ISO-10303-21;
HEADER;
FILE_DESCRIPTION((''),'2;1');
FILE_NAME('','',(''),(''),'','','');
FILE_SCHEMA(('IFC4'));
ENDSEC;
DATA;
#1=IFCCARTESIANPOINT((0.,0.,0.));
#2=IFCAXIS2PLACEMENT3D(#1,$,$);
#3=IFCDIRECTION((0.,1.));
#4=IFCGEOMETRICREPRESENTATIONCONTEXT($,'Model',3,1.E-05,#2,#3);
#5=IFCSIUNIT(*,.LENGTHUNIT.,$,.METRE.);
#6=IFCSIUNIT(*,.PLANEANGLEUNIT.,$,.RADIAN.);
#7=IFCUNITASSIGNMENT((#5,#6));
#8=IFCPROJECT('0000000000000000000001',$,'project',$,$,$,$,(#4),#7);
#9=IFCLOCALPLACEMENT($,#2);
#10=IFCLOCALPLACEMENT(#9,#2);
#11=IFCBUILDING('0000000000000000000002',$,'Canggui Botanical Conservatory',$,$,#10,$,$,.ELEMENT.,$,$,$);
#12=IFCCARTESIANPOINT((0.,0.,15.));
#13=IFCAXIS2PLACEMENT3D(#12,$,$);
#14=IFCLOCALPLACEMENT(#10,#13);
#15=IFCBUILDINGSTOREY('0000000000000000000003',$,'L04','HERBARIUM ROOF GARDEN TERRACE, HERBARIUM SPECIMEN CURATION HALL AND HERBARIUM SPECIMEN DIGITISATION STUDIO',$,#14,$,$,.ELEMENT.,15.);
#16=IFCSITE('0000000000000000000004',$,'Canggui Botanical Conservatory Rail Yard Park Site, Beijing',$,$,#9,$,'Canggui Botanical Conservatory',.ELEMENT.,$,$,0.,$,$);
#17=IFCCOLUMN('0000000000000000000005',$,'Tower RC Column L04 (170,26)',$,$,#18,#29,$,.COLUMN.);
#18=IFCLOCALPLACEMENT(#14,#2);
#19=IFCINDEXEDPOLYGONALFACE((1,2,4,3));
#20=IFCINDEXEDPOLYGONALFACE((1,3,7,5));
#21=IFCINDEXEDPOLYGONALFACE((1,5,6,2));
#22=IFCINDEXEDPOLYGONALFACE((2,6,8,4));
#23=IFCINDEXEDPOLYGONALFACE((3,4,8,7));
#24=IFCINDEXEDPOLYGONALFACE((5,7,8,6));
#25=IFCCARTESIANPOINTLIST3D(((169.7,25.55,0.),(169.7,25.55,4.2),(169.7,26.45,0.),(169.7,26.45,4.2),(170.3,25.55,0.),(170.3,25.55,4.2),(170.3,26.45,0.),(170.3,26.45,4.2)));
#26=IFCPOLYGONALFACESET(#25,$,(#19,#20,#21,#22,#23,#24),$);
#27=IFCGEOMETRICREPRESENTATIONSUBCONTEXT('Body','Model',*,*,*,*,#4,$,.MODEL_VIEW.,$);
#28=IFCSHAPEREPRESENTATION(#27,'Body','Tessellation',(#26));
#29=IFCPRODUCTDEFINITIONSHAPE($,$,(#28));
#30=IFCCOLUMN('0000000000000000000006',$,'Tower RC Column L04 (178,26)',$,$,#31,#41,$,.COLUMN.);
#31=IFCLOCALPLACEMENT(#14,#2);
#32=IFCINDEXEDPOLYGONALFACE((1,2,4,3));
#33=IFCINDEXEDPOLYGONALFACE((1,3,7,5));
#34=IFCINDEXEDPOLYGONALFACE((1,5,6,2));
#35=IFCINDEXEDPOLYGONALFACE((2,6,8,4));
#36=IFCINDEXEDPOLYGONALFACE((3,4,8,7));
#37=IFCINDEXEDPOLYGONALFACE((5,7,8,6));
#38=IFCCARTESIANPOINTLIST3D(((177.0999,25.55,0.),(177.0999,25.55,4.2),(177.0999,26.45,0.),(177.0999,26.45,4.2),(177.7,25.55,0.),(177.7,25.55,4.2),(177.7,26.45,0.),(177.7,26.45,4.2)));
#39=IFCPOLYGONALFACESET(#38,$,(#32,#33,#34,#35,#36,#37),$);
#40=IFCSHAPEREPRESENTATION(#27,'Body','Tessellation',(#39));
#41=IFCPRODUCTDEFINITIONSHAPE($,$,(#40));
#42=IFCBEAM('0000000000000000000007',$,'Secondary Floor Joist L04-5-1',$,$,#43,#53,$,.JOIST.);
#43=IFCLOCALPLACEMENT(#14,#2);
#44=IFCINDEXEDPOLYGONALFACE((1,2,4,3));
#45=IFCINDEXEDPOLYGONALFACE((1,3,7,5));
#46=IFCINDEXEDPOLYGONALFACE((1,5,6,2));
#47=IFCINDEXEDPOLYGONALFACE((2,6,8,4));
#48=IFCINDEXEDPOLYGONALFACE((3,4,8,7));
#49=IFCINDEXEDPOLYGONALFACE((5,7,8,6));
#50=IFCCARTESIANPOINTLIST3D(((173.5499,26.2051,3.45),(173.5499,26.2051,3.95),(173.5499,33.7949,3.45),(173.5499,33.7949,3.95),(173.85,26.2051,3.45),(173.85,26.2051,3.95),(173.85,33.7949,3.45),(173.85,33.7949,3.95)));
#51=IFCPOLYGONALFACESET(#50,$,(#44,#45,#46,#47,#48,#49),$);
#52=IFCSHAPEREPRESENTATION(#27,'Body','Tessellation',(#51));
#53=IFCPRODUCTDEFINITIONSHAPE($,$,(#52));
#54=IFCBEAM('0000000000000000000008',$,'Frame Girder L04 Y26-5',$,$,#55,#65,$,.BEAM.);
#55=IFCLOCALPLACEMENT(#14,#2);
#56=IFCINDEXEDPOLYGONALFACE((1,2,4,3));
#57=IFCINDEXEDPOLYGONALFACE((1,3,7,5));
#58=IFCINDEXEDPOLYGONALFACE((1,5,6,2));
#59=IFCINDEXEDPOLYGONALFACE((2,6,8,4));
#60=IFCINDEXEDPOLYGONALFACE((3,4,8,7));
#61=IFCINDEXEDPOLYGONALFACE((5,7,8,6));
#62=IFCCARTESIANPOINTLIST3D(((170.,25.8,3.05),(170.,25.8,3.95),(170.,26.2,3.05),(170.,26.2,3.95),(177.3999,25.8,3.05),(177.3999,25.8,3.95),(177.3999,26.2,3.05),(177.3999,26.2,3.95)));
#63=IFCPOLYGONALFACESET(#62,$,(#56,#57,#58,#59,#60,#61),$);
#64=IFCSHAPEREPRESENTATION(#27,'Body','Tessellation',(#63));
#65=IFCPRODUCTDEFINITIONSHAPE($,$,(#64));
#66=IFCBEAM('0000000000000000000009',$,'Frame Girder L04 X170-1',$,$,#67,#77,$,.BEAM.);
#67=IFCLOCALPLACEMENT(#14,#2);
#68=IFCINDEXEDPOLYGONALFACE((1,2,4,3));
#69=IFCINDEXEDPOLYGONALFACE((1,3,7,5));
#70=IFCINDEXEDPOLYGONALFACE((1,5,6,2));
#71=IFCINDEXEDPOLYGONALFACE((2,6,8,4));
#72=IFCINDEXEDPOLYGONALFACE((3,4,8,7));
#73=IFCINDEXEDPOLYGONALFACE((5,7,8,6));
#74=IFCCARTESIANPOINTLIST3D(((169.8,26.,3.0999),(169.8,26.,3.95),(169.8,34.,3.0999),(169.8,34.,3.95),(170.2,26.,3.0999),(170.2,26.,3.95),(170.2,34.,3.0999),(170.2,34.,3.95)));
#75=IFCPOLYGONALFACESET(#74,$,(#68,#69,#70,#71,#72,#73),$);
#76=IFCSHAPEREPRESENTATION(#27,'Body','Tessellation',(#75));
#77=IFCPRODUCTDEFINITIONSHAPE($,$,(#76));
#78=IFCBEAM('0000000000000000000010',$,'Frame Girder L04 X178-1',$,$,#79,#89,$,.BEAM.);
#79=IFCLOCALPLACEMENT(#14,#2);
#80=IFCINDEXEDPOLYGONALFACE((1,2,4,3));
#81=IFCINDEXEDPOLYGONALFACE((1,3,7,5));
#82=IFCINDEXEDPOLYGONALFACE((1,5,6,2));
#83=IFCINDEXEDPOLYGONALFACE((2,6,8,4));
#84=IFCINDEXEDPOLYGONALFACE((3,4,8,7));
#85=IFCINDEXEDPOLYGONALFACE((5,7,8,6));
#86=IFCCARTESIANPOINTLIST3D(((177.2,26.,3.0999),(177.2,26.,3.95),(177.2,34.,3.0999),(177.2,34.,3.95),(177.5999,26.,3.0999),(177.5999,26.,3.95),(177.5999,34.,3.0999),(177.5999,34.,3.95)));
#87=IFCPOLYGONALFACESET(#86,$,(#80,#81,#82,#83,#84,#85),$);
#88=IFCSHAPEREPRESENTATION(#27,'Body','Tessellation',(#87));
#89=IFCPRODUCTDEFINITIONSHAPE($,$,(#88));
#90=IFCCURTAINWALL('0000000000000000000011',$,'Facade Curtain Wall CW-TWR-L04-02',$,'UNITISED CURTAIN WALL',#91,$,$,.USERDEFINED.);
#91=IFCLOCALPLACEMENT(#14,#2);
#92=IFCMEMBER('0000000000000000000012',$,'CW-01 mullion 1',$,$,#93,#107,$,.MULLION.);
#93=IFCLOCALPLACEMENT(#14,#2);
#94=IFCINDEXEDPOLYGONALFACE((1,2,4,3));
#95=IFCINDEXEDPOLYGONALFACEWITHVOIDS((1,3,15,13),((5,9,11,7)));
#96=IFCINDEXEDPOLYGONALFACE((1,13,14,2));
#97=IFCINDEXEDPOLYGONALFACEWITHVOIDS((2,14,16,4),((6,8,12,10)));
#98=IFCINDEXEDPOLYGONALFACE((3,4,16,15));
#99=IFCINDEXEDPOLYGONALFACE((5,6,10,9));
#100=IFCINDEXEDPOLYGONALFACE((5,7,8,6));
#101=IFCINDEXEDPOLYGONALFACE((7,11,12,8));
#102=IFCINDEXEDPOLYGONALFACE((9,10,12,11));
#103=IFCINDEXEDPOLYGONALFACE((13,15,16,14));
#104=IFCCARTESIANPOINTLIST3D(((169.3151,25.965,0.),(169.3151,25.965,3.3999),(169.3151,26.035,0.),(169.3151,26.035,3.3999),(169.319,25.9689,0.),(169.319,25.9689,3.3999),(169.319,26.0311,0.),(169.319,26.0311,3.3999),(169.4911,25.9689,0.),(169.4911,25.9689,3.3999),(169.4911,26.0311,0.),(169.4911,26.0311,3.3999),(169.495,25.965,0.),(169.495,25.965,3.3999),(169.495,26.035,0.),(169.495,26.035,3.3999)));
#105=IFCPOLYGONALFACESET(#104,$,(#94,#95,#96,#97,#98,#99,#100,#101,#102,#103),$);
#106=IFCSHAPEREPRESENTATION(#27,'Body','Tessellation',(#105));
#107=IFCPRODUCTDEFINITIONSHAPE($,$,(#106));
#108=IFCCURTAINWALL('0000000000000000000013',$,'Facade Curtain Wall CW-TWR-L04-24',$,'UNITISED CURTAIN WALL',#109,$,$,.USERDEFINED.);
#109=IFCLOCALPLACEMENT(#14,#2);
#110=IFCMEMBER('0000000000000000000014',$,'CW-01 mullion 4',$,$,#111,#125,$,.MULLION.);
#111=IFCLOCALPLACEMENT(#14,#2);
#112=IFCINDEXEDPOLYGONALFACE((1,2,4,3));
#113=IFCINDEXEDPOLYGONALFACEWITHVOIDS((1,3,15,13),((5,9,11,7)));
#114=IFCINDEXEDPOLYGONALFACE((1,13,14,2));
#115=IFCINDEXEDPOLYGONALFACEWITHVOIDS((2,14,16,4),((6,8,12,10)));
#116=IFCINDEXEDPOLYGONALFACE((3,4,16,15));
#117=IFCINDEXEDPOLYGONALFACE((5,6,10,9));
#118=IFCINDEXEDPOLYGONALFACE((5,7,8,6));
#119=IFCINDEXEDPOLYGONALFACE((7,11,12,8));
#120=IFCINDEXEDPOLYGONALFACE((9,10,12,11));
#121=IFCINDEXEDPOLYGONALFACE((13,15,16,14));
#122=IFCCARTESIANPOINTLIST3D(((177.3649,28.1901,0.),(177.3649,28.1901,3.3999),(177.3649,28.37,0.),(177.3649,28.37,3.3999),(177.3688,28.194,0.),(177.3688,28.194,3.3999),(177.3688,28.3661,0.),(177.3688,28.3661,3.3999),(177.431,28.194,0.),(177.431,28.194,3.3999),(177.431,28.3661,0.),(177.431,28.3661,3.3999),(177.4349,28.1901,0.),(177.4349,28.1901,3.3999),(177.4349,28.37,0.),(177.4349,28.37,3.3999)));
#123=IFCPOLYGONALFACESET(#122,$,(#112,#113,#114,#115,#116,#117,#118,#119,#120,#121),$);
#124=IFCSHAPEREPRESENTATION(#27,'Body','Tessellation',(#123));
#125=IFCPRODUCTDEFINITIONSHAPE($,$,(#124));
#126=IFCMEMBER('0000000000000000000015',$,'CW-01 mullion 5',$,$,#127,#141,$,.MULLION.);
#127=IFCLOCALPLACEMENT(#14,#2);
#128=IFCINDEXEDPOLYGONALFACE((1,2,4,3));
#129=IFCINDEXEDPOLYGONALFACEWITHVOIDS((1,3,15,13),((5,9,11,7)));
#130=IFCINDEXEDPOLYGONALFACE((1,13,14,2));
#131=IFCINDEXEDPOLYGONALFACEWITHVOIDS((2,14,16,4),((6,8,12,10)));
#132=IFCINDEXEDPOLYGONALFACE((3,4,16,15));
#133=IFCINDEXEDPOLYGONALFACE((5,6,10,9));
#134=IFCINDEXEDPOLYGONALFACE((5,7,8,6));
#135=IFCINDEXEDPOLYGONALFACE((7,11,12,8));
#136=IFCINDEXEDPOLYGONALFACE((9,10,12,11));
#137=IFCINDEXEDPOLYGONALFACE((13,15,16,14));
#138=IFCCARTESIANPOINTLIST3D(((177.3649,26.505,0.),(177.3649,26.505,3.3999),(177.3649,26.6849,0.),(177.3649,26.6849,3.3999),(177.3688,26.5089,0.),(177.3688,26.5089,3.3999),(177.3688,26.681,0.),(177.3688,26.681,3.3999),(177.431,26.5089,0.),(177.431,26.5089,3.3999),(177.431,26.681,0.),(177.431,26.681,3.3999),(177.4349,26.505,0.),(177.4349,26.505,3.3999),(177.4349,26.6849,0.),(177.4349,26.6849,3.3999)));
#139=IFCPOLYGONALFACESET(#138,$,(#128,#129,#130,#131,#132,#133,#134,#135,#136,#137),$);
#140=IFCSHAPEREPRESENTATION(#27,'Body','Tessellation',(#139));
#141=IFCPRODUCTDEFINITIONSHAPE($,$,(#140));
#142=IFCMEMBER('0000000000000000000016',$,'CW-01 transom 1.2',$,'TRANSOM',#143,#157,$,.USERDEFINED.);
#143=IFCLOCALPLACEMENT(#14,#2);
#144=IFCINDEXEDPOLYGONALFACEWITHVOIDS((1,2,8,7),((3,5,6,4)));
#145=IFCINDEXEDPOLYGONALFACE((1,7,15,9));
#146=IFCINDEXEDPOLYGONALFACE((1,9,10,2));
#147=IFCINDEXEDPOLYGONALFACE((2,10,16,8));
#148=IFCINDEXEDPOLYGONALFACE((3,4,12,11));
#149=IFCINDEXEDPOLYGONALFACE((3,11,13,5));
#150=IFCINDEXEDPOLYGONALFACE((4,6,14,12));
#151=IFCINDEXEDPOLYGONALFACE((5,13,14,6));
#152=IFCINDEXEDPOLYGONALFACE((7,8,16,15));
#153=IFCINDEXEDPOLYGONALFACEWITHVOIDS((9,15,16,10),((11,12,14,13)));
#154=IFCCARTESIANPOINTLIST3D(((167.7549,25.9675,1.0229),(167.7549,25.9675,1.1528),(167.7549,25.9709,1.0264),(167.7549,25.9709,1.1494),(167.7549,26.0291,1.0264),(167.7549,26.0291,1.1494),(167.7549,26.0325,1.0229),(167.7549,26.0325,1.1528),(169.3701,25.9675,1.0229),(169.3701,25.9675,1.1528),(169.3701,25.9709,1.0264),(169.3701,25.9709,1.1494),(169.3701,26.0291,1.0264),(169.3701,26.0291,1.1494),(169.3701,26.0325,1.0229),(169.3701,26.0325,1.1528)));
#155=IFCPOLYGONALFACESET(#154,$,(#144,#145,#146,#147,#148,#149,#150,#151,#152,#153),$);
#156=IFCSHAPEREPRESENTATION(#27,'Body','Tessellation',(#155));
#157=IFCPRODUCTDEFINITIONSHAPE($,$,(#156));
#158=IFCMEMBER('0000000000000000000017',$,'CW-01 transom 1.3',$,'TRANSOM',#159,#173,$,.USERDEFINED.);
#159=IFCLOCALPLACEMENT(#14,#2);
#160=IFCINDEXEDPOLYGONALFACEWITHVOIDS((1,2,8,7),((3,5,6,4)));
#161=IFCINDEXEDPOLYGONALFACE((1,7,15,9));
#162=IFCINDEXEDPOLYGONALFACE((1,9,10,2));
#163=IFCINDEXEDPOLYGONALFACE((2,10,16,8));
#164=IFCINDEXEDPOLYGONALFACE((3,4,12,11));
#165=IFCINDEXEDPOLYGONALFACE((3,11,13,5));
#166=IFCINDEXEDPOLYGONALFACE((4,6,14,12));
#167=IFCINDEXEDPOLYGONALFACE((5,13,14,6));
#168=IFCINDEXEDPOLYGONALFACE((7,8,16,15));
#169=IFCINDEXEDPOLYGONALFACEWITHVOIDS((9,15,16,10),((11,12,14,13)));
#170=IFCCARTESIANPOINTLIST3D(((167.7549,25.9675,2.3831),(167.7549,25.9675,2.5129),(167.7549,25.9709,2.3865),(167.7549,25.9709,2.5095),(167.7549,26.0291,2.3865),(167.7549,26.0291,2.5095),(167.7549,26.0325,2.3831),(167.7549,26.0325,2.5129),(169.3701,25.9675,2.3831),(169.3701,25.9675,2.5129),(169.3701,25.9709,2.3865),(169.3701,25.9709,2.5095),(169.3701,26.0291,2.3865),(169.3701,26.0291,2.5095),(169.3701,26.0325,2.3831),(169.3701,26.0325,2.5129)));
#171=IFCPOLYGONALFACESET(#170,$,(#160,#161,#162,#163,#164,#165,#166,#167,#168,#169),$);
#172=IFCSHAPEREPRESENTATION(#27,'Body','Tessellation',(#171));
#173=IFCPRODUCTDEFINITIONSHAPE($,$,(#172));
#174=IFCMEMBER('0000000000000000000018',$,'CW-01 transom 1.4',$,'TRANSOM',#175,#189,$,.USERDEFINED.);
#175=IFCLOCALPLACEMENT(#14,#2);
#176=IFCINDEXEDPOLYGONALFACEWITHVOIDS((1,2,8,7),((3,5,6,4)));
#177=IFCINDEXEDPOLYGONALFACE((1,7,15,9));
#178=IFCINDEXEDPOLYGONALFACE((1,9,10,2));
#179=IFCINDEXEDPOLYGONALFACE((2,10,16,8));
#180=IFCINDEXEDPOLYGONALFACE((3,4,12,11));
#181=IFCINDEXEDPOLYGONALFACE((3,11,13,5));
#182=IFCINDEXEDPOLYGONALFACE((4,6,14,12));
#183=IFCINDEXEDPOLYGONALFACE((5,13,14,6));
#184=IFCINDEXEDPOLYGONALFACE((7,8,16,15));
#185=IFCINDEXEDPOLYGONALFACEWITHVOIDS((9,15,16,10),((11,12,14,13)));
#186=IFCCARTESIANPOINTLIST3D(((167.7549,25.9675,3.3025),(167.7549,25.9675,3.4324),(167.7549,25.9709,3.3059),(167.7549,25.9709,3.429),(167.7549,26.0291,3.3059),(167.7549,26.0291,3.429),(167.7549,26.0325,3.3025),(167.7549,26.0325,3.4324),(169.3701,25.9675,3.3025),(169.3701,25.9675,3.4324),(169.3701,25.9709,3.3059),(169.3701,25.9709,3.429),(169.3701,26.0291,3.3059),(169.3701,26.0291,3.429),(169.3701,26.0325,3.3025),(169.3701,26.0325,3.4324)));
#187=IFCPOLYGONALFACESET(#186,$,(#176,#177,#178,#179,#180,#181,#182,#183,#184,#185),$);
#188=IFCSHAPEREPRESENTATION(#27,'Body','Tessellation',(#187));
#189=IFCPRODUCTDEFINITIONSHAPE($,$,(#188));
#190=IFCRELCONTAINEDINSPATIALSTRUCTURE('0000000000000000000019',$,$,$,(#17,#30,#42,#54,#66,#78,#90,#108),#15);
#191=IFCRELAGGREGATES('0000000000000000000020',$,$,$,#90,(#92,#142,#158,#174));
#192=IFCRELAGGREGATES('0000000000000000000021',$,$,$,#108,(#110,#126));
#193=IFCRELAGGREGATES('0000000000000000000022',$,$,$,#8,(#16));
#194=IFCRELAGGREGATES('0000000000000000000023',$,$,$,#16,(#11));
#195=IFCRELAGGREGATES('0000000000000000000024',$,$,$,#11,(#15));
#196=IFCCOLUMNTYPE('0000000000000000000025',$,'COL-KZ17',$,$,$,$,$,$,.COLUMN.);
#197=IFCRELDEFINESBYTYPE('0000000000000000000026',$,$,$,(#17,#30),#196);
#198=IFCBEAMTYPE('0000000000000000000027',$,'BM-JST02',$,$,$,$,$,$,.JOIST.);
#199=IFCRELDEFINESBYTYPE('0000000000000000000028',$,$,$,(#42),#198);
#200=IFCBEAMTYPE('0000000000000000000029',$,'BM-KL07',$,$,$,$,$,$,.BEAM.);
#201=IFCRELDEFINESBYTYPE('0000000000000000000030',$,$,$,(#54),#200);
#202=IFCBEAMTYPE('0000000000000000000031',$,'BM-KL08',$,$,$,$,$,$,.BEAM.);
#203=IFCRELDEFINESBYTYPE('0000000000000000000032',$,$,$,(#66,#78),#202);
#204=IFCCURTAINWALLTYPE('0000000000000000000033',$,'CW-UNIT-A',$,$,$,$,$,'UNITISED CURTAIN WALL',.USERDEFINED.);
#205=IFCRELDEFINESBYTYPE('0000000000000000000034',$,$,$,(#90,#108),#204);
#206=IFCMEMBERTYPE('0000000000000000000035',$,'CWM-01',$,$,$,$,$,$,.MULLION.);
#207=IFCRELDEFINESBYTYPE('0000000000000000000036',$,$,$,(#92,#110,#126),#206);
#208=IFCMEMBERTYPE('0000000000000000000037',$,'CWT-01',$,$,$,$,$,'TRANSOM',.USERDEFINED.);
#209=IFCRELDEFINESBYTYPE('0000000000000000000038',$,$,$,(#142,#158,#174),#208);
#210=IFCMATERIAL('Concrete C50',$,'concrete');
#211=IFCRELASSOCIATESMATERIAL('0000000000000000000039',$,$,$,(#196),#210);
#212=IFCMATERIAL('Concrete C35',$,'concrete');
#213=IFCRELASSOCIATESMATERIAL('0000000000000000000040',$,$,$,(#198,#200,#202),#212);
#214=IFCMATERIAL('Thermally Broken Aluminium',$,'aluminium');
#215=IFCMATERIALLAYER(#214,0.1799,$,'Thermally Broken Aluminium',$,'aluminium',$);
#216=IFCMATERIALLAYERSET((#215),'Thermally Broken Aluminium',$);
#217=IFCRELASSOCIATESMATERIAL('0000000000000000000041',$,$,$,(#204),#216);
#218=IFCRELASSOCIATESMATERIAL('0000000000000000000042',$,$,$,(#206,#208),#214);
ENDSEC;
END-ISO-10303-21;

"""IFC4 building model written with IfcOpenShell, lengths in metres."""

from ifc_helpers import new_model, si_unit, direction, frame, origin, origin_2d, place, context, subcontext, project, spatial, rectangle, hollow_rectangle, extrude, material, layer, layer_set, material_profile, profile_set, type_object, element, aggregate, save


model = new_model("IFC4")

# Units and contexts
model_context = context("Model", 3, precision=1e-05, world=origin(), true_north=direction((0.0, 1.0)))
body_context = subcontext(model_context, "Body", "Model", "MODEL_VIEW")
ifc_project = project(units=[si_unit("LENGTHUNIT", "METRE"), si_unit("PLANEANGLEUNIT", "RADIAN")], contexts=[model_context])

# Site, building, storey
site_placement = place(None, origin())
site = spatial("IfcSite", under=ifc_project, at=site_placement, Name="Canggui Botanical Conservatory Rail Yard Park Site, Beijing", LongName="Canggui Botanical Conservatory", CompositionType="ELEMENT", RefElevation=0.0)
building_placement = place(site_placement, origin())
building = spatial("IfcBuilding", under=site, at=building_placement, Name="Canggui Botanical Conservatory", CompositionType="ELEMENT")
storey_placement = place(building_placement, frame((0.0, 0.0, 15.0)))
storey = spatial("IfcBuildingStorey", under=building, at=storey_placement, Name="L04", Description="HERBARIUM ROOF GARDEN TERRACE, HERBARIUM SPECIMEN CURATION HALL AND HERBARIUM SPECIMEN DIGITISATION STUDIO", CompositionType="ELEMENT", Elevation=15.0)

# Columns
ifc_material_1 = material(Name="Concrete C50", Category="concrete")
ifc_material_profile_1 = material_profile(ifc_material_1, rectangle(XDim=0.6001, YDim=0.8999, at=origin_2d()), Name="RC 600x900")
ifc_profile_set_1 = profile_set([ifc_material_profile_1], Name="Concrete C50")
column_type = type_object("IfcColumnType", Name="COL-KZ17", PredefinedType="COLUMN", material=ifc_profile_set_1)
for number, where, z_axis, x_axis, name in (
    (1, (170.0, 26.0, 0.0), (0.0, 0.0, 1.0), (1.0, 0.0, 0.0), "Tower RC Column L04 (170,26)"),
    (2, (177.3999, 26.0, 0.0), (0.0, 0.0, 1.0), (1.0, 0.0, 0.0), "Tower RC Column L04 (178,26)"),
):
    element("IfcColumn", number, at=place(storey_placement, frame(where, z_axis=z_axis, x_axis=x_axis)), inside=storey, type_object=column_type, Name=name, PredefinedType="COLUMN", context=body_context, shape_type="SweptSolid", body=[
        extrude(rectangle(XDim=0.6001, YDim=0.8999, at=origin_2d()), origin(), (0.0, 0.0, 1.0), 4.2),
    ])

# Beams
ifc_material_2 = material(Name="Concrete C35", Category="concrete")
ifc_material_profile_2 = material_profile(ifc_material_2, rectangle(XDim=0.3, YDim=0.5, at=origin_2d()), Name="RB 300x500")
ifc_profile_set_2 = profile_set([ifc_material_profile_2], Name="Concrete C35")
beam_type_1 = type_object("IfcBeamType", Name="BM-JST02", PredefinedType="JOIST", material=ifc_profile_set_2)
beam_1_placement = place(storey_placement, frame((173.7, 26.2051, 3.7), z_axis=(0.0, 1.0, 0.0), x_axis=(-1.0, 0.0, 0.0)))
element("IfcBeam", 3, at=beam_1_placement, inside=storey, type_object=beam_type_1, Name="Secondary Floor Joist L04-5-1", PredefinedType="JOIST", context=body_context, shape_type="SweptSolid", body=[
    extrude(rectangle(XDim=0.3, YDim=0.5, at=origin_2d()), origin(), (0.0, 0.0, 1.0), 7.5898),
])
ifc_material_profile_3 = material_profile(ifc_material_2, rectangle(XDim=0.3999, YDim=0.8999, at=origin_2d()), Name="RB 400x900")
ifc_profile_set_3 = profile_set([ifc_material_profile_3], Name="Concrete C35")
beam_type_2 = type_object("IfcBeamType", Name="BM-KL07", PredefinedType="BEAM", material=ifc_profile_set_3)
beam_2_placement = place(storey_placement, frame((170.0, 26.0, 3.5), z_axis=(1.0, 0.0, 0.0), x_axis=(0.0, 1.0, 0.0)))
element("IfcBeam", 4, at=beam_2_placement, inside=storey, type_object=beam_type_2, Name="Frame Girder L04 Y26-5", PredefinedType="BEAM", context=body_context, shape_type="SweptSolid", body=[
    extrude(rectangle(XDim=0.3999, YDim=0.8999, at=origin_2d()), origin(), (0.0, 0.0, 1.0), 7.3999),
])
ifc_material_profile_4 = material_profile(ifc_material_2, rectangle(XDim=0.3999, YDim=0.8501, at=origin_2d()), Name="RB 400x850")
ifc_profile_set_4 = profile_set([ifc_material_profile_4], Name="Concrete C35")
beam_type_3 = type_object("IfcBeamType", Name="BM-KL08", PredefinedType="BEAM", material=ifc_profile_set_4)
for number, where, z_axis, x_axis, name in (
    (5, (170.0, 26.0, 3.5249), (0.0, 1.0, 0.0), (-1.0, 0.0, 0.0), "Frame Girder L04 X170-1"),
    (6, (177.3999, 26.0, 3.5249), (0.0, 1.0, 0.0), (-1.0, 0.0, 0.0), "Frame Girder L04 X178-1"),
):
    element("IfcBeam", number, at=place(storey_placement, frame(where, z_axis=z_axis, x_axis=x_axis)), inside=storey, type_object=beam_type_3, Name=name, PredefinedType="BEAM", context=body_context, shape_type="SweptSolid", body=[
        extrude(rectangle(XDim=0.3999, YDim=0.8501, at=origin_2d()), origin(), (0.0, 0.0, 1.0), 8.0),
    ])

# Curtain wall, member
ifc_material_3 = material(Name="Thermally Broken Aluminium", Category="aluminium")
ifc_layer_1 = layer(ifc_material_3, 0.1799, Name="Thermally Broken Aluminium", Category="aluminium")
ifc_layer_set_1 = layer_set([ifc_layer_1], Name="Thermally Broken Aluminium")
curtain_wall_type = type_object("IfcCurtainWallType", Name="CW-UNIT-A", ElementType="UNITISED CURTAIN WALL", PredefinedType="USERDEFINED", material=ifc_layer_set_1)
curtain_wall_1_placement = place(storey_placement, origin())
curtain_wall_1 = element("IfcCurtainWall", 7, at=curtain_wall_1_placement, inside=storey, type_object=curtain_wall_type, Name="Facade Curtain Wall CW-TWR-L04-02", ObjectType="UNITISED CURTAIN WALL", PredefinedType="USERDEFINED")
ifc_material_profile_5 = material_profile(ifc_material_3, hollow_rectangle(XDim=0.0701, YDim=0.1799, WallThickness=0.0039, at=origin_2d()), Name="CWM 70x180x4")
ifc_profile_set_5 = profile_set([ifc_material_profile_5], Name="Thermally Broken Aluminium")
member_type_1 = type_object("IfcMemberType", Name="CWM-01", PredefinedType="MULLION", material=ifc_profile_set_5)
member_1_placement = place(storey_placement, frame((169.405, 26.0, 0.0), z_axis=(0.0, 0.0, 1.0), x_axis=(0.0, -1.0, 0.0)))
member_1 = element("IfcMember", 8, at=member_1_placement, type_object=member_type_1, Name="CW-01 mullion 1", PredefinedType="MULLION", context=body_context, shape_type="SweptSolid", body=[
    extrude(hollow_rectangle(XDim=0.0701, YDim=0.1799, WallThickness=0.0039, at=origin_2d()), origin(), (0.0, 0.0, 1.0), 3.3999),
])

# Curtain wall, members
curtain_wall_2_placement = place(storey_placement, origin())
curtain_wall_2 = element("IfcCurtainWall", 9, at=curtain_wall_2_placement, inside=storey, type_object=curtain_wall_type, Name="Facade Curtain Wall CW-TWR-L04-24", ObjectType="UNITISED CURTAIN WALL", PredefinedType="USERDEFINED")
member_2_placement = place(storey_placement, frame((177.3999, 28.28, 0.0), z_axis=(0.0, 0.0, 1.0), x_axis=(1.0, 0.0, 0.0)))
member_2 = element("IfcMember", 10, at=member_2_placement, type_object=member_type_1, Name="CW-01 mullion 4", PredefinedType="MULLION", context=body_context, shape_type="SweptSolid", body=[
    extrude(hollow_rectangle(XDim=0.0701, YDim=0.1799, WallThickness=0.0039, at=origin_2d()), origin(), (0.0, 0.0, 1.0), 3.3999),
])
member_3_placement = place(storey_placement, frame((177.3999, 26.595, 0.0), z_axis=(0.0, 0.0, 1.0), x_axis=(1.0, 0.0, 0.0)))
member_3 = element("IfcMember", 11, at=member_3_placement, type_object=member_type_1, Name="CW-01 mullion 5", PredefinedType="MULLION", context=body_context, shape_type="SweptSolid", body=[
    extrude(hollow_rectangle(XDim=0.0701, YDim=0.1799, WallThickness=0.0039, at=origin_2d()), origin(), (0.0, 0.0, 1.0), 3.3999),
])

# Members
ifc_material_profile_6 = material_profile(ifc_material_3, hollow_rectangle(XDim=0.0649, YDim=0.1299, WallThickness=0.0034, at=origin_2d()), Name="CWT 65x130x3.5")
ifc_profile_set_6 = profile_set([ifc_material_profile_6], Name="Thermally Broken Aluminium")
member_type_2 = type_object("IfcMemberType", Name="CWT-01", ElementType="TRANSOM", PredefinedType="USERDEFINED", material=ifc_profile_set_6)
member_4_placement = place(storey_placement, frame((169.3701, 26.0, 1.0879), z_axis=(-1.0, 0.0, 0.0), x_axis=(0.0, -1.0, 0.0)))
member_4 = element("IfcMember", 12, at=member_4_placement, type_object=member_type_2, Name="CW-01 transom 1.2", ObjectType="TRANSOM", PredefinedType="USERDEFINED", context=body_context, shape_type="SweptSolid", body=[
    extrude(hollow_rectangle(XDim=0.0649, YDim=0.1299, WallThickness=0.0034, at=origin_2d()), origin(), (0.0, 0.0, 1.0), 1.6152),
])
member_5_placement = place(storey_placement, frame((169.3701, 26.0, 2.448), z_axis=(-1.0, 0.0, 0.0), x_axis=(0.0, -1.0, 0.0)))
member_5 = element("IfcMember", 13, at=member_5_placement, type_object=member_type_2, Name="CW-01 transom 1.3", ObjectType="TRANSOM", PredefinedType="USERDEFINED", context=body_context, shape_type="SweptSolid", body=[
    extrude(hollow_rectangle(XDim=0.0649, YDim=0.1299, WallThickness=0.0034, at=origin_2d()), origin(), (0.0, 0.0, 1.0), 1.6152),
])
member_6_placement = place(storey_placement, frame((169.3701, 26.0, 3.3674), z_axis=(-1.0, 0.0, 0.0), x_axis=(0.0, -1.0, 0.0)))
member_6 = element("IfcMember", 14, at=member_6_placement, type_object=member_type_2, Name="CW-01 transom 1.4", ObjectType="TRANSOM", PredefinedType="USERDEFINED", context=body_context, shape_type="SweptSolid", body=[
    extrude(hollow_rectangle(XDim=0.0649, YDim=0.1299, WallThickness=0.0034, at=origin_2d()), origin(), (0.0, 0.0, 1.0), 1.6152),
])
aggregate(curtain_wall_1, [member_1, member_4, member_5, member_6])

aggregate(curtain_wall_2, [member_2, member_3])

save(model, "model.ifc")
